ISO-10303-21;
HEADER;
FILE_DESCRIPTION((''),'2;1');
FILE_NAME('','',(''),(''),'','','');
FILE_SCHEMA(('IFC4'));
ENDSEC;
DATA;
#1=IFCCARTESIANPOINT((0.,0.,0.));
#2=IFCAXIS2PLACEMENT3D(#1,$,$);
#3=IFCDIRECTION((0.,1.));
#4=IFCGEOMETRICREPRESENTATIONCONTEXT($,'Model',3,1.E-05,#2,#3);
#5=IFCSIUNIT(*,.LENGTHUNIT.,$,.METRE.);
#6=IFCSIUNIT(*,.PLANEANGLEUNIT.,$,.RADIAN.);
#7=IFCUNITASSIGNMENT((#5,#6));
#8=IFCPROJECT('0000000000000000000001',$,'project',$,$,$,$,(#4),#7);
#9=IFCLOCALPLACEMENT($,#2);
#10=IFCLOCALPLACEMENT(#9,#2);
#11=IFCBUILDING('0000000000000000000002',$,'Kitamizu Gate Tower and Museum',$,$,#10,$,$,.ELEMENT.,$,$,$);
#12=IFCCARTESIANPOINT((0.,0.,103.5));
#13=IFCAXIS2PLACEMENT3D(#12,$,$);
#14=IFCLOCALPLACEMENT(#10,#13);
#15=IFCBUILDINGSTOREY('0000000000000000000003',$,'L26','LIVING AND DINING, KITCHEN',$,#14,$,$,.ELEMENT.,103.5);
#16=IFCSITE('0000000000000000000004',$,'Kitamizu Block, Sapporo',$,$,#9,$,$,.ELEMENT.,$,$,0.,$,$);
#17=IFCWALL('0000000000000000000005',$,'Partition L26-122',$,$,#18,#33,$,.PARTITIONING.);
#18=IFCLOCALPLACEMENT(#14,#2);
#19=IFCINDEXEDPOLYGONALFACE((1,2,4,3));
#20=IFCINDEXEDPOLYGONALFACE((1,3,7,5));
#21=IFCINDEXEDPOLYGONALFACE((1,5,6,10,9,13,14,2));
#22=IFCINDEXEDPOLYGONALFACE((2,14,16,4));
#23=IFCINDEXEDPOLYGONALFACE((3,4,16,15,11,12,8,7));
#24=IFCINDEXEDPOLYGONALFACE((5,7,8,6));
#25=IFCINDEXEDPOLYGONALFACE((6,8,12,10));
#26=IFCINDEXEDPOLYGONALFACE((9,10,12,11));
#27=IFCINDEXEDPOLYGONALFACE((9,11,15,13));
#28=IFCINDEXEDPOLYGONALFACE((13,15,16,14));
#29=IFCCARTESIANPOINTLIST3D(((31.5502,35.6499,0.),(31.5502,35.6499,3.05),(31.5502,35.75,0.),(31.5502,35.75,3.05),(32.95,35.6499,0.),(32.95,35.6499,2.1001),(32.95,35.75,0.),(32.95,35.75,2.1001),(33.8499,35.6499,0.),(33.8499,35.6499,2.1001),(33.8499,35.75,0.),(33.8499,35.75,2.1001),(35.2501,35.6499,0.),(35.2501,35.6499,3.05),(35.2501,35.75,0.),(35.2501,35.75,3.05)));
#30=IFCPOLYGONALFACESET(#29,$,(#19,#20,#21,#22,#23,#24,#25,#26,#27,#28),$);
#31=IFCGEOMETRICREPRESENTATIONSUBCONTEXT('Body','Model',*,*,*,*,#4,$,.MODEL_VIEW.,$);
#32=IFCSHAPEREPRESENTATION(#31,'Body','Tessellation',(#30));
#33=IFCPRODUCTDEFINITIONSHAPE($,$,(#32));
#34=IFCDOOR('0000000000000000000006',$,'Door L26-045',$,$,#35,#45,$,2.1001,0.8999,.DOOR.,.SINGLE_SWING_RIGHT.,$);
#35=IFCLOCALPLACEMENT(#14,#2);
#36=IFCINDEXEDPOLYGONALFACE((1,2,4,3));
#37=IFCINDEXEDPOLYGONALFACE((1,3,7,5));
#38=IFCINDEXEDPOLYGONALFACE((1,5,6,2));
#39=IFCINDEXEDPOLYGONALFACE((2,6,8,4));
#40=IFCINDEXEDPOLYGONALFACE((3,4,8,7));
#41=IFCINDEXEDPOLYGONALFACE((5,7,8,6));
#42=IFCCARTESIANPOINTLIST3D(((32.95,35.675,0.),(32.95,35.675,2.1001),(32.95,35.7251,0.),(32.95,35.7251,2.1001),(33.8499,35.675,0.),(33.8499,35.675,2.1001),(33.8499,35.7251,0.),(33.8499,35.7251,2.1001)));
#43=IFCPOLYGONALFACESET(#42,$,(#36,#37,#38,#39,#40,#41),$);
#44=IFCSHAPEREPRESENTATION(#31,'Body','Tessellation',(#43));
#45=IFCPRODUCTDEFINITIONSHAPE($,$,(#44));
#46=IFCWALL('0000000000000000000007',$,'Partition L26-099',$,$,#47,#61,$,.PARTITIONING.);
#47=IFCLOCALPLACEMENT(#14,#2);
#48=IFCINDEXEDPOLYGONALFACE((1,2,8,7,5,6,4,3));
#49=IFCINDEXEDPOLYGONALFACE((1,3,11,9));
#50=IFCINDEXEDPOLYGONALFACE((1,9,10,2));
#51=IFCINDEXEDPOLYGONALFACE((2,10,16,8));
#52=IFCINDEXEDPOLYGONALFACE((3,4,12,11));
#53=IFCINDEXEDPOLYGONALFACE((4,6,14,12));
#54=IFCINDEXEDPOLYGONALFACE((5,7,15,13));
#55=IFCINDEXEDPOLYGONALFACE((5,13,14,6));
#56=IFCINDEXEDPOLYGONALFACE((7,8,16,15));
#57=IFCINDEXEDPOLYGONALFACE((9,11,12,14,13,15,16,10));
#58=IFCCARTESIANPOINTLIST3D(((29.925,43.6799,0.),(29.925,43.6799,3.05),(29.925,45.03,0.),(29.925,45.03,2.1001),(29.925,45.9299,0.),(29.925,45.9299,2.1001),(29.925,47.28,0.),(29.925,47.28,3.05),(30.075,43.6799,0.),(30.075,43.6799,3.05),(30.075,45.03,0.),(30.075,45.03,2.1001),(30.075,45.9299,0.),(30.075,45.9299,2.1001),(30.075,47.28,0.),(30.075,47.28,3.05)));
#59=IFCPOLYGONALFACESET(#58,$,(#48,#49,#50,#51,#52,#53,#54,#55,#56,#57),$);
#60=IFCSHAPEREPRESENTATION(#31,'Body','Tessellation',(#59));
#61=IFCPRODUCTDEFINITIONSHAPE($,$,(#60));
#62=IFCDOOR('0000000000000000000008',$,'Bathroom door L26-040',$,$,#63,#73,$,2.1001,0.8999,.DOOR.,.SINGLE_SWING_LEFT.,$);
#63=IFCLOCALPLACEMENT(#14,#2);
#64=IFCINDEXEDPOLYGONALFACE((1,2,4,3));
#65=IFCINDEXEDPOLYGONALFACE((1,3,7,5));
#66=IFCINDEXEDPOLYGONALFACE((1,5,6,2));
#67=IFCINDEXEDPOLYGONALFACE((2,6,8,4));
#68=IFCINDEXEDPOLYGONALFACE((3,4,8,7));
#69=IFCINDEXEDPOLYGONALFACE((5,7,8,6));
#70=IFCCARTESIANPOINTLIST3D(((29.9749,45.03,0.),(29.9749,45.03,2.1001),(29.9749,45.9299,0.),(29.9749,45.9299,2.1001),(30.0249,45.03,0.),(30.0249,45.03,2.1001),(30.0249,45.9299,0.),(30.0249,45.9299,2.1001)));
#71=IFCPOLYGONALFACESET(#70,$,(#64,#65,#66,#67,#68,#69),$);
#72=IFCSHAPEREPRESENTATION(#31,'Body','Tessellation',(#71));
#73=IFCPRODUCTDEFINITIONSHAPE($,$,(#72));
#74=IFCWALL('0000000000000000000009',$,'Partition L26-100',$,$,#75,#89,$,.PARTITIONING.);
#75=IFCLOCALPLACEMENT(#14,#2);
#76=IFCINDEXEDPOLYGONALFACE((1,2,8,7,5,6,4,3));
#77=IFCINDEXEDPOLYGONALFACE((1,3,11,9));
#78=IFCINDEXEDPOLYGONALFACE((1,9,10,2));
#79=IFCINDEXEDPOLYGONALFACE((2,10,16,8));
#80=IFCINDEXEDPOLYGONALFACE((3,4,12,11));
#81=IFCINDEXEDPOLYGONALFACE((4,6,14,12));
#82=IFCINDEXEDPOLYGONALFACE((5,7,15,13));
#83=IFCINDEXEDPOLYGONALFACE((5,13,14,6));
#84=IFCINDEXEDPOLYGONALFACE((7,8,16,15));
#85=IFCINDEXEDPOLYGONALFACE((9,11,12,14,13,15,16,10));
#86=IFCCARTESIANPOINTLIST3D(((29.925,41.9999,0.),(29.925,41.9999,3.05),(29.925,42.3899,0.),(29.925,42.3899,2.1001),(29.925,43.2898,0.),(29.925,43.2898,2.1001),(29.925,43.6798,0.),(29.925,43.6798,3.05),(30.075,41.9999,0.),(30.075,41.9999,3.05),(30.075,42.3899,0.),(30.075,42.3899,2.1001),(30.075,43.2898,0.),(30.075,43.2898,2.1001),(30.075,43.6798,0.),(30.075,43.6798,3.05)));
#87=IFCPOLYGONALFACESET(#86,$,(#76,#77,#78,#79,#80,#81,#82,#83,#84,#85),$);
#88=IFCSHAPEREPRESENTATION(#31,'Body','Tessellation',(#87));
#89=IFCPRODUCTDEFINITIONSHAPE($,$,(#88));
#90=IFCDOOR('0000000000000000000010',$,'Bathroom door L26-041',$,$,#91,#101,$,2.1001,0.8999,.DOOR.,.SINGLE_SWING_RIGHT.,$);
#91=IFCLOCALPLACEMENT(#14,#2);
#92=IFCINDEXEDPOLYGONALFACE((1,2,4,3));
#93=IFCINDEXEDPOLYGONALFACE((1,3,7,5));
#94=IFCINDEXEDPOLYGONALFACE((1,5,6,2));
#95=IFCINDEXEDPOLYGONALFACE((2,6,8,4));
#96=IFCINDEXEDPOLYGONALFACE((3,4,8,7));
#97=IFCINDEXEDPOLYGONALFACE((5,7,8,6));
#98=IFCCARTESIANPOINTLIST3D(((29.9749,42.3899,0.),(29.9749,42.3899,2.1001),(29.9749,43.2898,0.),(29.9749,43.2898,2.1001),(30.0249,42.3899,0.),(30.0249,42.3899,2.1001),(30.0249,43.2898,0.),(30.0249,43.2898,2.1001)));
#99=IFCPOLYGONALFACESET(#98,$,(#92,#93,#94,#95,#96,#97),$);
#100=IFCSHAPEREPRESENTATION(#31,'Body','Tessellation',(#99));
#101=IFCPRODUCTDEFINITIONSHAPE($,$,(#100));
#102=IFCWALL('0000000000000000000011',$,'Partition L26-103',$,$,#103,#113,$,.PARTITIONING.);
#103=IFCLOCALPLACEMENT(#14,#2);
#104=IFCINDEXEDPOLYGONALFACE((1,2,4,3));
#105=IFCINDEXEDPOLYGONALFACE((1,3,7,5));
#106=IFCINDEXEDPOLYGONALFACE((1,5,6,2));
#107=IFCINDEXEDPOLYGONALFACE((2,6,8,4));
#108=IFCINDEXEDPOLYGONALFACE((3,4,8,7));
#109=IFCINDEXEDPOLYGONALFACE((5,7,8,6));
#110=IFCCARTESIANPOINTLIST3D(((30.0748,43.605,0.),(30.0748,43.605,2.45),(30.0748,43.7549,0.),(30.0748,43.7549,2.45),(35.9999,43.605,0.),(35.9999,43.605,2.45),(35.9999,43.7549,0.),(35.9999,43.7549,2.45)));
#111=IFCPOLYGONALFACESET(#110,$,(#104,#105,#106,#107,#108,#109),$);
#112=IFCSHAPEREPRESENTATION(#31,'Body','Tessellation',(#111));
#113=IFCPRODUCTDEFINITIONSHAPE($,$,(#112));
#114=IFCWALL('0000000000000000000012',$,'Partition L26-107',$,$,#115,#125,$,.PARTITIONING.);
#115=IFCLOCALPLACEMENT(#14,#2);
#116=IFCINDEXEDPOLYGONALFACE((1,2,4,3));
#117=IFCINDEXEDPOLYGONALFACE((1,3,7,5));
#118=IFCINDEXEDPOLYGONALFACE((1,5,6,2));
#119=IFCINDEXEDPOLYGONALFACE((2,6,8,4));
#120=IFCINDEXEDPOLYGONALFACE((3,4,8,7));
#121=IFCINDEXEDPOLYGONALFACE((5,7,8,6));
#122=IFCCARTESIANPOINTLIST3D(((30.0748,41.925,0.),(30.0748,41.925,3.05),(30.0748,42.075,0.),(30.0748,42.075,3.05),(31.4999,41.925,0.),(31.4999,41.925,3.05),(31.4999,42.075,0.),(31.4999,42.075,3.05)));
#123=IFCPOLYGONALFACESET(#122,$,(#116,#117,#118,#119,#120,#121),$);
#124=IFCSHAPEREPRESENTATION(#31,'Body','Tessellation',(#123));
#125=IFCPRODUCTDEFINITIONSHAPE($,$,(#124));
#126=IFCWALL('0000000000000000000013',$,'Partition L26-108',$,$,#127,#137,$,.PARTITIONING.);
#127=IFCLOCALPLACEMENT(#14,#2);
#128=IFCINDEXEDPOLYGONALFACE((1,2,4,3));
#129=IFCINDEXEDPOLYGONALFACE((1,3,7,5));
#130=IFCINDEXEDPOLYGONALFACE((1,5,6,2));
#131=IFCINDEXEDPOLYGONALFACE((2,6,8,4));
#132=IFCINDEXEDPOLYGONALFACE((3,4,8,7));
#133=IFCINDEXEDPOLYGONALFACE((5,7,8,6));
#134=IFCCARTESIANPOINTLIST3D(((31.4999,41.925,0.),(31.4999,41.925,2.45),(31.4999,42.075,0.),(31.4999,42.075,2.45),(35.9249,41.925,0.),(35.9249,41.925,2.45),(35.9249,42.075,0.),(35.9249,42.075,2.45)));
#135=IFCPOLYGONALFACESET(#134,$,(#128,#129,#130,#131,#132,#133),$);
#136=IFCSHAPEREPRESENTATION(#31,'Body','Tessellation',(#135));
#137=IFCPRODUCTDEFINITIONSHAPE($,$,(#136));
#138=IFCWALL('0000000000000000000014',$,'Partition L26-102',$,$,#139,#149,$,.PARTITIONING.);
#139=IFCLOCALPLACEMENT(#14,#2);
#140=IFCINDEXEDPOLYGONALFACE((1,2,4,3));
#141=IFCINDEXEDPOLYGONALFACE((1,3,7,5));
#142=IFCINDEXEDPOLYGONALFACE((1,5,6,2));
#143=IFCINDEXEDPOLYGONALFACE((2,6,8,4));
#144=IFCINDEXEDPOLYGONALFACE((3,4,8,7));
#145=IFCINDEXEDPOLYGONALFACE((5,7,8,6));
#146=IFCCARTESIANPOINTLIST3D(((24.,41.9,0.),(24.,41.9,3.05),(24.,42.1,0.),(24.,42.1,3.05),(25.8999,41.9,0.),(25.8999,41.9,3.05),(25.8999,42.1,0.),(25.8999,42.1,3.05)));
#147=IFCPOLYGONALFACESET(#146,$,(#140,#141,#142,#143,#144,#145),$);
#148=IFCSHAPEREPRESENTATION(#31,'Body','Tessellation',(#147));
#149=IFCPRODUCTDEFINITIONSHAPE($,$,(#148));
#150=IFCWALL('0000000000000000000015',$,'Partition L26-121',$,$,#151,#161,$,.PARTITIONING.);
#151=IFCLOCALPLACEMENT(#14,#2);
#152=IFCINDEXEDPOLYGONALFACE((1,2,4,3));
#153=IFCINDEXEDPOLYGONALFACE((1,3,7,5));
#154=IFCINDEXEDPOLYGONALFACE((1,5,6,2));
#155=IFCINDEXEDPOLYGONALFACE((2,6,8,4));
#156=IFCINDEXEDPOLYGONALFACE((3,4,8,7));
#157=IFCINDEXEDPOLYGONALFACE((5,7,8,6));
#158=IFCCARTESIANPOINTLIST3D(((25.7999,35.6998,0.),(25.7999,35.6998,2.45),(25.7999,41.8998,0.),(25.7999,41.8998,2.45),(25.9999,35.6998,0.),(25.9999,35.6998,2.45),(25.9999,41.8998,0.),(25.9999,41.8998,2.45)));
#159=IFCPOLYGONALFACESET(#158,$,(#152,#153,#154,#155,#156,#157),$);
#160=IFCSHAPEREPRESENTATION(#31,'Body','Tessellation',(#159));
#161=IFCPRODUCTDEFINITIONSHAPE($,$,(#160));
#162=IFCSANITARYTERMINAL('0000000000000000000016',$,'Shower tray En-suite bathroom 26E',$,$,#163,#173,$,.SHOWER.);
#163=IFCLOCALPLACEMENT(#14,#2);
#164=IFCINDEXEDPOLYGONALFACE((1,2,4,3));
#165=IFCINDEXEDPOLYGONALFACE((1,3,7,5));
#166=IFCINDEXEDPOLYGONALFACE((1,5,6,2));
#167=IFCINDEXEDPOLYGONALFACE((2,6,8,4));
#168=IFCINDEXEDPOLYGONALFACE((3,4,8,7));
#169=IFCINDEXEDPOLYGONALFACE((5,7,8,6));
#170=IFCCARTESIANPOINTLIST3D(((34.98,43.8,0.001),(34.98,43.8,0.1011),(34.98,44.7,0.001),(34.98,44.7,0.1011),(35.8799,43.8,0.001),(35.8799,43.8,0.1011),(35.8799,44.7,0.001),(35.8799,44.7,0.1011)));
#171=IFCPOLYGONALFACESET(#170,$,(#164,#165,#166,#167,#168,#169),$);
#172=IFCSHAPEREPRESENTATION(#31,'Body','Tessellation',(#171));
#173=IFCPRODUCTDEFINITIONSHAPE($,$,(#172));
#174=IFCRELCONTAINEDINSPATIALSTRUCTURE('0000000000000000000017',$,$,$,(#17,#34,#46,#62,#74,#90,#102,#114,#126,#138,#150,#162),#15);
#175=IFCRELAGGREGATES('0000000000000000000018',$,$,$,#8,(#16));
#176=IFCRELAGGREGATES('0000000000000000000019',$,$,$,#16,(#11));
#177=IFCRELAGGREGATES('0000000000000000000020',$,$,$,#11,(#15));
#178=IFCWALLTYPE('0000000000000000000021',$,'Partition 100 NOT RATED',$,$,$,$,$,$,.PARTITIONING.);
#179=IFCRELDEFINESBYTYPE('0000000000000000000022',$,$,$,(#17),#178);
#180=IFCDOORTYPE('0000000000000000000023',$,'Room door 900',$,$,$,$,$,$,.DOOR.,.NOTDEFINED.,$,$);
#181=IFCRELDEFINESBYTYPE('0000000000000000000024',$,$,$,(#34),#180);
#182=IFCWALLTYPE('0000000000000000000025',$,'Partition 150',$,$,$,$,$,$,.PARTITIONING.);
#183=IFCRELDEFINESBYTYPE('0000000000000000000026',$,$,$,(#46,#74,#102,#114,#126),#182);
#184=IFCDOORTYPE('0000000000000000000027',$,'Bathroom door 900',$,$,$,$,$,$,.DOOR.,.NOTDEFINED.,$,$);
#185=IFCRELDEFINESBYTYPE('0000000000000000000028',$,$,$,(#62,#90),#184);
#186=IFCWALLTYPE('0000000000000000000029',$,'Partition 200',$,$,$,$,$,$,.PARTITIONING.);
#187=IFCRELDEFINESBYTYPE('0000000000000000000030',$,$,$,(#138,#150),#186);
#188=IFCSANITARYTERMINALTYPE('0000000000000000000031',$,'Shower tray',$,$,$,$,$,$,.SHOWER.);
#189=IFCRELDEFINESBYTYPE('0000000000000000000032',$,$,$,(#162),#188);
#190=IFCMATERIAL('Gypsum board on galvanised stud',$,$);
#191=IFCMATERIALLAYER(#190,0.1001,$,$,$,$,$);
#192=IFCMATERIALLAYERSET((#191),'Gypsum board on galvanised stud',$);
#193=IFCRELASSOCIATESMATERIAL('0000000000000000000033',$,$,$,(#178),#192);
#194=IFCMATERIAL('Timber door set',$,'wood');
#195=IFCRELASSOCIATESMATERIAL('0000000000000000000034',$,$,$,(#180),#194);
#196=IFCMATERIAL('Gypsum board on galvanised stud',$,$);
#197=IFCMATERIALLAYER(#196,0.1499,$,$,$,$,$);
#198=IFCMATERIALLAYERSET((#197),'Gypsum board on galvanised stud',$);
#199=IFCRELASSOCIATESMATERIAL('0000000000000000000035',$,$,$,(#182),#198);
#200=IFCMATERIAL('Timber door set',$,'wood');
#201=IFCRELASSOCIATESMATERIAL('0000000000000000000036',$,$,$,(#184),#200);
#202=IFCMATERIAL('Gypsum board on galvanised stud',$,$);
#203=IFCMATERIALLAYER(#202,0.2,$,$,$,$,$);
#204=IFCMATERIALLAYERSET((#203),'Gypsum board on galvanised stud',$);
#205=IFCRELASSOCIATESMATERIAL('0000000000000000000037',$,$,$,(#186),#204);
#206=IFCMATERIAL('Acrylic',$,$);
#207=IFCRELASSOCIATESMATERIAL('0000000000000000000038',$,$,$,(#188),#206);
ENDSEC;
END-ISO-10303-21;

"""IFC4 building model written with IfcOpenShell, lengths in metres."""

from ifc_helpers import new_model, si_unit, direction, frame, frame_2d, origin, origin_2d, place, context, subcontext, project, spatial, rectangle, extrude, material, layer, layer_set, type_object, element, fill, save


model = new_model("IFC4")

# Units and contexts
model_context = context("Model", 3, precision=1e-05, world=origin(), true_north=direction((0.0, 1.0)))
body_context = subcontext(model_context, "Body", "Model", "MODEL_VIEW")
ifc_project = project(units=[si_unit("LENGTHUNIT", "METRE"), si_unit("PLANEANGLEUNIT", "RADIAN")], contexts=[model_context])

# Site, building, storey
site_placement = place(None, origin())
site = spatial("IfcSite", under=ifc_project, at=site_placement, Name="Kitamizu Block, Sapporo", CompositionType="ELEMENT", RefElevation=0.0)
building_placement = place(site_placement, origin())
building = spatial("IfcBuilding", under=site, at=building_placement, Name="Kitamizu Gate Tower and Museum", CompositionType="ELEMENT")
storey_placement = place(building_placement, frame((0.0, 0.0, 103.5)))
storey = spatial("IfcBuildingStorey", under=building, at=storey_placement, Name="L26", Description="LIVING AND DINING, KITCHEN", CompositionType="ELEMENT", Elevation=103.5)

# Shared definitions
ifc_material_1 = material(Name="Gypsum board on galvanised stud")
ifc_layer_1 = layer(ifc_material_1, 0.1001)
ifc_layer_set_1 = layer_set([ifc_layer_1], Name="Gypsum board on galvanised stud")
wall_type_1 = type_object("IfcWallType", Name="Partition 100 NOT RATED", PredefinedType="PARTITIONING", material=ifc_layer_set_1)
ifc_material_2 = material(Name="Timber door set", Category="wood")
door_type_1 = type_object("IfcDoorType", Name="Room door 900", OperationType="NOTDEFINED", PredefinedType="DOOR", material=ifc_material_2)

# Walls, openings, doors
wall_1_placement = place(storey_placement, frame((31.55, 35.7, 0.0), z_axis=(0.0, 0.0, 1.0), x_axis=(1.0, 0.0, 0.0)))
wall_1 = element("IfcWall", 1, at=wall_1_placement, inside=storey, type_object=wall_type_1, Name="Partition L26-122", PredefinedType="PARTITIONING", context=body_context, shape_type="SweptSolid", body=[
    extrude(rectangle(XDim=3.7, YDim=0.1001, at=frame_2d((1.8501, 0.0))), origin(), (0.0, 0.0, 1.0), 3.05),
])
opening_1_placement = place(wall_1_placement, frame((1.3999, 0.0, 0.0)))
opening_1 = element("IfcOpeningElement", 2, at=opening_1_placement, cuts=wall_1, PredefinedType="OPENING", context=body_context, shape_type="SweptSolid", body=[
    extrude(rectangle(XDim=0.8999, YDim=2.1001, at=frame_2d((0.45, 1.05))), frame((0.0, 0.0601, 0.0), z_axis=(0.0, -1.0, 0.0), x_axis=(1.0, 0.0, 0.0)), (0.0, 0.0, 1.0), 0.1201),
])
door_1_placement = place(opening_1_placement, frame((0.8999, 0.0, 0.0), x_axis=(-1.0, 0.0, 0.0)))
door_1 = element("IfcDoor", 3, at=door_1_placement, inside=storey, type_object=door_type_1, Name="Door L26-045", OperationType="SINGLE_SWING_RIGHT", OverallHeight=2.1001, OverallWidth=0.8999, PredefinedType="DOOR", context=body_context, shape_type="SweptSolid", body=[
    extrude(rectangle(XDim=0.8999, YDim=2.1001, at=frame_2d((0.45, 1.05))), frame((0.0, 0.0249, 0.0), z_axis=(0.0, -1.0, 0.0), x_axis=(1.0, 0.0, 0.0)), (0.0, 0.0, 1.0), 0.05),
])
fill(opening_1, door_1)
ifc_material_3 = material(Name="Gypsum board on galvanised stud")
ifc_layer_2 = layer(ifc_material_3, 0.1499)
ifc_layer_set_2 = layer_set([ifc_layer_2], Name="Gypsum board on galvanised stud")
wall_type_2 = type_object("IfcWallType", Name="Partition 150", PredefinedType="PARTITIONING", material=ifc_layer_set_2)
wall_2_placement = place(storey_placement, frame((30.0, 43.6799, 0.0), z_axis=(0.0, 0.0, 1.0), x_axis=(0.0, 1.0, 0.0)))
wall_2 = element("IfcWall", 4, at=wall_2_placement, inside=storey, type_object=wall_type_2, Name="Partition L26-099", PredefinedType="PARTITIONING", context=body_context, shape_type="SweptSolid", body=[
    extrude(rectangle(XDim=3.6001, YDim=0.1499, at=frame_2d((1.8, 0.0))), origin(), (0.0, 0.0, 1.0), 3.05),
])
opening_2_placement = place(wall_2_placement, frame((1.3501, 0.0, 0.0)))
opening_2 = element("IfcOpeningElement", 5, at=opening_2_placement, cuts=wall_2, PredefinedType="OPENING", context=body_context, shape_type="SweptSolid", body=[
    extrude(rectangle(XDim=0.8999, YDim=2.1001, at=frame_2d((0.45, 1.05))), frame((0.0, 0.085, 0.0), z_axis=(0.0, -1.0, 0.0), x_axis=(1.0, 0.0, 0.0)), (0.0, 0.0, 1.0), 0.1699),
])
ifc_material_4 = material(Name="Timber door set", Category="wood")
door_type_2 = type_object("IfcDoorType", Name="Bathroom door 900", OperationType="NOTDEFINED", PredefinedType="DOOR", material=ifc_material_4)
door_2_placement = place(opening_2_placement, frame((0.8999, 0.0, 0.0), x_axis=(-1.0, 0.0, 0.0)))
door_2 = element("IfcDoor", 6, at=door_2_placement, inside=storey, type_object=door_type_2, Name="Bathroom door L26-040", OperationType="SINGLE_SWING_LEFT", OverallHeight=2.1001, OverallWidth=0.8999, PredefinedType="DOOR", context=body_context, shape_type="SweptSolid", body=[
    extrude(rectangle(XDim=0.8999, YDim=2.1001, at=frame_2d((0.45, 1.05))), frame((0.0, 0.0249, 0.0), z_axis=(0.0, -1.0, 0.0), x_axis=(1.0, 0.0, 0.0)), (0.0, 0.0, 1.0), 0.05),
])
fill(opening_2, door_2)
wall_3_placement = place(storey_placement, frame((30.0, 42.0, 0.0), z_axis=(0.0, 0.0, 1.0), x_axis=(0.0, 1.0, 0.0)))
wall_3 = element("IfcWall", 7, at=wall_3_placement, inside=storey, type_object=wall_type_2, Name="Partition L26-100", PredefinedType="PARTITIONING", context=body_context, shape_type="SweptSolid", body=[
    extrude(rectangle(XDim=1.6799, YDim=0.1499, at=frame_2d((0.8398, 0.0))), origin(), (0.0, 0.0, 1.0), 3.05),
])
opening_3_placement = place(wall_3_placement, frame((0.3899, 0.0, 0.0)))
opening_3 = element("IfcOpeningElement", 8, at=opening_3_placement, cuts=wall_3, PredefinedType="OPENING", context=body_context, shape_type="SweptSolid", body=[
    extrude(rectangle(XDim=0.8999, YDim=2.1001, at=frame_2d((0.45, 1.05))), frame((0.0, 0.085, 0.0), z_axis=(0.0, -1.0, 0.0), x_axis=(1.0, 0.0, 0.0)), (0.0, 0.0, 1.0), 0.1699),
])
door_3_placement = place(opening_3_placement, frame((0.8999, 0.0, 0.0), x_axis=(-1.0, 0.0, 0.0)))
door_3 = element("IfcDoor", 9, at=door_3_placement, inside=storey, type_object=door_type_2, Name="Bathroom door L26-041", OperationType="SINGLE_SWING_RIGHT", OverallHeight=2.1001, OverallWidth=0.8999, PredefinedType="DOOR", context=body_context, shape_type="SweptSolid", body=[
    extrude(rectangle(XDim=0.8999, YDim=2.1001, at=frame_2d((0.45, 1.05))), frame((0.0, 0.0249, 0.0), z_axis=(0.0, -1.0, 0.0), x_axis=(1.0, 0.0, 0.0)), (0.0, 0.0, 1.0), 0.05),
])
fill(opening_3, door_3)

# Walls
wall_4_placement = place(storey_placement, frame((30.075, 43.6799, 0.0), z_axis=(0.0, 0.0, 1.0), x_axis=(1.0, 0.0, 0.0)))
element("IfcWall", 10, at=wall_4_placement, inside=storey, type_object=wall_type_2, Name="Partition L26-103", PredefinedType="PARTITIONING", context=body_context, shape_type="SweptSolid", body=[
    extrude(rectangle(XDim=5.925, YDim=0.1499, at=frame_2d((2.9624, 0.0))), origin(), (0.0, 0.0, 1.0), 2.45),
])
wall_5_placement = place(storey_placement, frame((30.075, 42.0, 0.0), z_axis=(0.0, 0.0, 1.0), x_axis=(1.0, 0.0, 0.0)))
element("IfcWall", 11, at=wall_5_placement, inside=storey, type_object=wall_type_2, Name="Partition L26-107", PredefinedType="PARTITIONING", context=body_context, shape_type="SweptSolid", body=[
    extrude(rectangle(XDim=1.425, YDim=0.1499, at=frame_2d((0.7124, 0.0))), origin(), (0.0, 0.0, 1.0), 3.05),
])
wall_6_placement = place(storey_placement, frame((31.5, 42.0, 0.0), z_axis=(0.0, 0.0, 1.0), x_axis=(1.0, 0.0, 0.0)))
element("IfcWall", 12, at=wall_6_placement, inside=storey, type_object=wall_type_2, Name="Partition L26-108", PredefinedType="PARTITIONING", context=body_context, shape_type="SweptSolid", body=[
    extrude(rectangle(XDim=4.425, YDim=0.1499, at=frame_2d((2.2124, 0.0))), origin(), (0.0, 0.0, 1.0), 2.45),
])
ifc_material_5 = material(Name="Gypsum board on galvanised stud")
ifc_layer_3 = layer(ifc_material_5, 0.2)
ifc_layer_set_3 = layer_set([ifc_layer_3], Name="Gypsum board on galvanised stud")
wall_type_3 = type_object("IfcWallType", Name="Partition 200", PredefinedType="PARTITIONING", material=ifc_layer_set_3)
wall_7_placement = place(storey_placement, frame((24.0, 42.0, 0.0), z_axis=(0.0, 0.0, 1.0), x_axis=(1.0, 0.0, 0.0)))
element("IfcWall", 13, at=wall_7_placement, inside=storey, type_object=wall_type_3, Name="Partition L26-102", PredefinedType="PARTITIONING", context=body_context, shape_type="SweptSolid", body=[
    extrude(rectangle(XDim=1.8999, YDim=0.2, at=frame_2d((0.95, 0.0))), origin(), (0.0, 0.0, 1.0), 3.05),
])
wall_8_placement = place(storey_placement, frame((25.8999, 41.8999, 0.0), z_axis=(0.0, 0.0, 1.0), x_axis=(0.0, -1.0, 0.0)))
element("IfcWall", 14, at=wall_8_placement, inside=storey, type_object=wall_type_3, Name="Partition L26-121", PredefinedType="PARTITIONING", context=body_context, shape_type="SweptSolid", body=[
    extrude(rectangle(XDim=6.2, YDim=0.2, at=frame_2d((3.1001, 0.0))), origin(), (0.0, 0.0, 1.0), 2.45),
])

# Sanitary terminal
ifc_material_6 = material(Name="Acrylic")
sanitary_terminal_type_1 = type_object("IfcSanitaryTerminalType", Name="Shower tray", PredefinedType="SHOWER", material=ifc_material_6)
sanitary_terminal_placement = place(storey_placement, frame((35.4299, 44.25, 0.001), z_axis=(0.0, 0.0, 1.0), x_axis=(1.0, 0.0, 0.0)))
element("IfcSanitaryTerminal", 15, at=sanitary_terminal_placement, inside=storey, type_object=sanitary_terminal_type_1, Name="Shower tray En-suite bathroom 26E", PredefinedType="SHOWER", context=body_context, shape_type="SweptSolid", body=[
    extrude(rectangle(XDim=0.8999, YDim=0.8999, at=origin_2d()), origin(), (0.0, 0.0, 1.0), 0.1001),
])

save(model, "model.ifc")
